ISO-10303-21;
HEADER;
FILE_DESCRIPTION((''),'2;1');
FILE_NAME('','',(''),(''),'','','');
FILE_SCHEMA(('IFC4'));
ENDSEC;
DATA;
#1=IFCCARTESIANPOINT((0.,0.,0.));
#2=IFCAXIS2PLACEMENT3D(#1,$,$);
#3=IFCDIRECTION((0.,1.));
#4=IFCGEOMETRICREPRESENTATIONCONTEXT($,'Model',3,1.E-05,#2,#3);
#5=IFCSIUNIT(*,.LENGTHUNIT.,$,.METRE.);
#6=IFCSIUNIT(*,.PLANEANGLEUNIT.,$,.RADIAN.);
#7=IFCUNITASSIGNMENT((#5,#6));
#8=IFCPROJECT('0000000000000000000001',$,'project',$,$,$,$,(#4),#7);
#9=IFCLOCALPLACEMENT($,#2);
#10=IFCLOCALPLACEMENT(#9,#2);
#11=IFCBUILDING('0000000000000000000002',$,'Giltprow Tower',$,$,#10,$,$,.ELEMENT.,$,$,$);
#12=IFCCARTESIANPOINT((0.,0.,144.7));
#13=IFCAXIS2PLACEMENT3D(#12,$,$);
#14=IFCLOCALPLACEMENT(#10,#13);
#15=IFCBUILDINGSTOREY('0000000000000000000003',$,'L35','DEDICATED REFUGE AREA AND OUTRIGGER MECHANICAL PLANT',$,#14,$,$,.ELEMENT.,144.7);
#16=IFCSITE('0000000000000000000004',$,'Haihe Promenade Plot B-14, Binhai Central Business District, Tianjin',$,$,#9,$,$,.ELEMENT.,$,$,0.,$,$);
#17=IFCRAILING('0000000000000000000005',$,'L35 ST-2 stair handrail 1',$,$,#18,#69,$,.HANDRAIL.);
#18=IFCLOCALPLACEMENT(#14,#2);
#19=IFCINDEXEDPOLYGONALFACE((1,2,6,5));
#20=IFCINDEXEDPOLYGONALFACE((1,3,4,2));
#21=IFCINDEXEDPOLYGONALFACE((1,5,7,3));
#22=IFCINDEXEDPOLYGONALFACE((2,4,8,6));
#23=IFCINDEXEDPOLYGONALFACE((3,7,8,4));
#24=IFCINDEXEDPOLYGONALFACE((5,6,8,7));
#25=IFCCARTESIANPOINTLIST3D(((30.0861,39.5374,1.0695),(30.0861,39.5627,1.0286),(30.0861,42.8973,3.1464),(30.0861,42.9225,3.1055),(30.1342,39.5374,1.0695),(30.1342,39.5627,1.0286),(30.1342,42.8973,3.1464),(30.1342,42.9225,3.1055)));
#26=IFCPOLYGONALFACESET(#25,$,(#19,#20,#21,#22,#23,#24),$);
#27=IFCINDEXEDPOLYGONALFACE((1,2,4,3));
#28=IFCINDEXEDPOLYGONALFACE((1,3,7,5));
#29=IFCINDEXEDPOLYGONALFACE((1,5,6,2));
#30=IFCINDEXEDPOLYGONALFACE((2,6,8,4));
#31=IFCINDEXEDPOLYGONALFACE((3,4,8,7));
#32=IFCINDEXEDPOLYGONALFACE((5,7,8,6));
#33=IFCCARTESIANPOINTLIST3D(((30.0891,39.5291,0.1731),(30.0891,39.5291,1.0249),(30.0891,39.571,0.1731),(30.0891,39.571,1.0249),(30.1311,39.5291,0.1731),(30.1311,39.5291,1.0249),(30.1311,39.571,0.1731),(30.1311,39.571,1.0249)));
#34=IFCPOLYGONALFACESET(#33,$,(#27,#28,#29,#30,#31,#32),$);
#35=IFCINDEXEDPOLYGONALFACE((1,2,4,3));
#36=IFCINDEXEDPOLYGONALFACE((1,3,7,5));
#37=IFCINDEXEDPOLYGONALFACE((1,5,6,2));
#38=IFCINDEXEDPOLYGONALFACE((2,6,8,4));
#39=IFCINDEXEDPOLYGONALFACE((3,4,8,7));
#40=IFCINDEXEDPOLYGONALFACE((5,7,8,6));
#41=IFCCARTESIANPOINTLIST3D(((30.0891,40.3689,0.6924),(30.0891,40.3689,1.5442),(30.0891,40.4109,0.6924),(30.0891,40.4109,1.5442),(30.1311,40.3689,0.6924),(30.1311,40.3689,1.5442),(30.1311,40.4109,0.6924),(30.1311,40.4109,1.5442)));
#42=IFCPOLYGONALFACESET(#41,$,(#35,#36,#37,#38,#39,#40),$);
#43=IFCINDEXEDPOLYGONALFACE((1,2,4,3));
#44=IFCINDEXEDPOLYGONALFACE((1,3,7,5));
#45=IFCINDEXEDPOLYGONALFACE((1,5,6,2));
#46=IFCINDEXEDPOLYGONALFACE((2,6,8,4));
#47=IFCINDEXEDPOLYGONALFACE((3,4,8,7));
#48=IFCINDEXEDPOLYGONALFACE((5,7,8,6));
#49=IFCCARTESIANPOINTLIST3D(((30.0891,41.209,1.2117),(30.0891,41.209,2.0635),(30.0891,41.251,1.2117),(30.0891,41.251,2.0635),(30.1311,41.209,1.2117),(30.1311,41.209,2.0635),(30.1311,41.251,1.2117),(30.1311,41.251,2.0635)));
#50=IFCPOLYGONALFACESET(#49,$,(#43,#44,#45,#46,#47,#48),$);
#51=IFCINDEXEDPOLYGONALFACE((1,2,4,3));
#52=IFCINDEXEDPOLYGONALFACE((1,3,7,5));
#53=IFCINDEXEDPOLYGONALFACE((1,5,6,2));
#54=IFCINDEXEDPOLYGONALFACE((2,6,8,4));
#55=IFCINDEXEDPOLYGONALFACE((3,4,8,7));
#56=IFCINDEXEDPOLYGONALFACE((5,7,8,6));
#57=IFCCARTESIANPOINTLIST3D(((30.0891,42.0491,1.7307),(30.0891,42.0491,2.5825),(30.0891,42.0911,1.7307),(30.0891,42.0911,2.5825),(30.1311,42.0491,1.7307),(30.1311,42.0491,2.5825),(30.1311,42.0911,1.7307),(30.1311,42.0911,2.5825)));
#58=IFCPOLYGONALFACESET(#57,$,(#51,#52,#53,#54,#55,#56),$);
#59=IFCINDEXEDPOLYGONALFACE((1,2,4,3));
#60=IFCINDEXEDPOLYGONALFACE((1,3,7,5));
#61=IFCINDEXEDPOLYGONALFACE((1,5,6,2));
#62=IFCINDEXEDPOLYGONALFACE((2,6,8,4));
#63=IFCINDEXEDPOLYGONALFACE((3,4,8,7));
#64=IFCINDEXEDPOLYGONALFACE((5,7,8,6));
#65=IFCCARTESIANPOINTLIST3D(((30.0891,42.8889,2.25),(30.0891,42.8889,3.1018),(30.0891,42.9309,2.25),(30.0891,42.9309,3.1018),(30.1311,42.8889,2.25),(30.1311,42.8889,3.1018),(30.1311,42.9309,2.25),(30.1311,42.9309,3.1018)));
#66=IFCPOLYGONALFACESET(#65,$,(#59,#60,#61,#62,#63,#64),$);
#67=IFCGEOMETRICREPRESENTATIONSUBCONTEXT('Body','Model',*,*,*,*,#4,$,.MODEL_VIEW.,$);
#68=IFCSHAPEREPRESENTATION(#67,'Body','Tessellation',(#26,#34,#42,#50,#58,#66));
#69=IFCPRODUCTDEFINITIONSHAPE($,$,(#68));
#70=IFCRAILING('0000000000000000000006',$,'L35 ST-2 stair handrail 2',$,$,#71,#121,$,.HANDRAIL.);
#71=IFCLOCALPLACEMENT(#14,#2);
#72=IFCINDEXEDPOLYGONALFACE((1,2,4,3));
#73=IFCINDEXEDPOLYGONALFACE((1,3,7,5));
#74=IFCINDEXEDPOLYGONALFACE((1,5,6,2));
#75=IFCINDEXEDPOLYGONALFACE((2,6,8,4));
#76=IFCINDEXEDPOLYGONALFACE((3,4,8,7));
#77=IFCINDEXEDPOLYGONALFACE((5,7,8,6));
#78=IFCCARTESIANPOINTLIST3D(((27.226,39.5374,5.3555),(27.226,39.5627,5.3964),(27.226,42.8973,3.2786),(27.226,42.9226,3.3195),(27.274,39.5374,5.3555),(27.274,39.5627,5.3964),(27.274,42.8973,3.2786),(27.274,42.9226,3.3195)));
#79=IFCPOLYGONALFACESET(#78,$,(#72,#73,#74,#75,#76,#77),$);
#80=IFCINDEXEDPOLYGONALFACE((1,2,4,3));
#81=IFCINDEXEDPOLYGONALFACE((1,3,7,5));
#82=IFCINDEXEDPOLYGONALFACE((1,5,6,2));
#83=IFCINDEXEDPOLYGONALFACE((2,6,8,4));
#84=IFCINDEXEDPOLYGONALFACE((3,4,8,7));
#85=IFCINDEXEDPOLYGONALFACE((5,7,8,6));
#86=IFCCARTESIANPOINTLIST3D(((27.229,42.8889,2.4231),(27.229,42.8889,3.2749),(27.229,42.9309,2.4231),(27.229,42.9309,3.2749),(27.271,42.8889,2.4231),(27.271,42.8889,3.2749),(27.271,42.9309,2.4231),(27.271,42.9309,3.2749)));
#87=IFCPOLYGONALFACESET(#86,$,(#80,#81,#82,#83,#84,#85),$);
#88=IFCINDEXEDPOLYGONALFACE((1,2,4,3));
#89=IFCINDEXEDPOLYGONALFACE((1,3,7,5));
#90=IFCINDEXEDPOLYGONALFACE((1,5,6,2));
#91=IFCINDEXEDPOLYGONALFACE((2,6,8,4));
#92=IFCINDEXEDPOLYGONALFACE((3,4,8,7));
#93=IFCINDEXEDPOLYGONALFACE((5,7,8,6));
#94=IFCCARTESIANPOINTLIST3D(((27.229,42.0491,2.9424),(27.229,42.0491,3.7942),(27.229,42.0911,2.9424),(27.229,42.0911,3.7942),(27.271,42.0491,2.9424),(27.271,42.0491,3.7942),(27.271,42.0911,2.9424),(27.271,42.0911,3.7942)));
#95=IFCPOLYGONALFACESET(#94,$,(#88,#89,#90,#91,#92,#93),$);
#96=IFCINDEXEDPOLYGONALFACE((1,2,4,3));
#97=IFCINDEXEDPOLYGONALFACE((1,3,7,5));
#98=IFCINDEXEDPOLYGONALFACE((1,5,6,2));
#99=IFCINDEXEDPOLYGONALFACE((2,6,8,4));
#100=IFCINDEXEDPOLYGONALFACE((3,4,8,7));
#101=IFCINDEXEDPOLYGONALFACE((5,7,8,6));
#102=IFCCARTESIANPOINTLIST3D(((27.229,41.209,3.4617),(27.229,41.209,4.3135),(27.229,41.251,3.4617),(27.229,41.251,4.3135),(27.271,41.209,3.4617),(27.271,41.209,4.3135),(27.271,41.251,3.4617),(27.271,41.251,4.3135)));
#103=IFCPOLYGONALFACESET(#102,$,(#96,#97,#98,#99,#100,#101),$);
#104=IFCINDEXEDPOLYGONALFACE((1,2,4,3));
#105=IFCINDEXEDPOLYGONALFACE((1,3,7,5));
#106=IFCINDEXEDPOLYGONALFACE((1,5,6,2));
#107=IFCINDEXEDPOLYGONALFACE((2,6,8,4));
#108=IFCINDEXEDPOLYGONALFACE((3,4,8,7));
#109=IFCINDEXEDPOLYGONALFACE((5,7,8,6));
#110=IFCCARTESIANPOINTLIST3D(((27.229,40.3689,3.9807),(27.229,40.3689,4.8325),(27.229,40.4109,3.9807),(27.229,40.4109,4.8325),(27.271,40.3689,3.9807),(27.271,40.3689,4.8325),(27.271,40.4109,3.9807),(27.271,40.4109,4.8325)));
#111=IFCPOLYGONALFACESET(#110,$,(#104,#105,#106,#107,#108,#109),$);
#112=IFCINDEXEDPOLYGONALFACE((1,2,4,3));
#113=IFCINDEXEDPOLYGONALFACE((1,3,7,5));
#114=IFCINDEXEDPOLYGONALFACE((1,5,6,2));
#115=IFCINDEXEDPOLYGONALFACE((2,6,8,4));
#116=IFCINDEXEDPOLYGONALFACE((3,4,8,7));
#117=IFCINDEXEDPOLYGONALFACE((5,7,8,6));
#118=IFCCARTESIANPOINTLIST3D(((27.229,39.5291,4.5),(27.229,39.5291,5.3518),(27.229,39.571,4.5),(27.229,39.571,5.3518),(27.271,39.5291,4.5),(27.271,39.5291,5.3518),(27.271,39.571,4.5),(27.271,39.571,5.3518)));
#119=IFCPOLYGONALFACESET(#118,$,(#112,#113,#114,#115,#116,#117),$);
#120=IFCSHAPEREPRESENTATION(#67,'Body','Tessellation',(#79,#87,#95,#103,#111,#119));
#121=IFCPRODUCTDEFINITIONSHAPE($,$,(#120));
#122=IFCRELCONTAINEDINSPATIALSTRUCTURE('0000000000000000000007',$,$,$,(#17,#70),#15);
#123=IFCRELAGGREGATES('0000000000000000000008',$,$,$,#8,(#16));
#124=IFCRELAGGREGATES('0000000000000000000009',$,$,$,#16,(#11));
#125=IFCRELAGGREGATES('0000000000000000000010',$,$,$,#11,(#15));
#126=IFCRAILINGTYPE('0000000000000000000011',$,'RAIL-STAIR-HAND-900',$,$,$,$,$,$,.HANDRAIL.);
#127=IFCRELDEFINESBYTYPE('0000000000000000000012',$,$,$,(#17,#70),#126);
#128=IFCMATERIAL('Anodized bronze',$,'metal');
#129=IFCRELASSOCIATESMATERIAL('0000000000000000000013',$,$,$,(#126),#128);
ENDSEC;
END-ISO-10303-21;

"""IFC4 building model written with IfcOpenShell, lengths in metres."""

from ifc_helpers import new_model, si_unit, direction, frame, origin, origin_2d, place, context, subcontext, project, spatial, rectangle, extrude, material, type_object, element, save


model = new_model("IFC4")

# Units and contexts
model_context = context("Model", 3, precision=1e-05, world=origin(), true_north=direction((0.0, 1.0)))
body_context = subcontext(model_context, "Body", "Model", "MODEL_VIEW")
ifc_project = project(units=[si_unit("LENGTHUNIT", "METRE"), si_unit("PLANEANGLEUNIT", "RADIAN")], contexts=[model_context])

# Site, building, storey
site_placement = place(None, origin())
site = spatial("IfcSite", under=ifc_project, at=site_placement, Name="Haihe Promenade Plot B-14, Binhai Central Business District, Tianjin", CompositionType="ELEMENT", RefElevation=0.0)
building_placement = place(site_placement, origin())
building = spatial("IfcBuilding", under=site, at=building_placement, Name="Giltprow Tower", CompositionType="ELEMENT")
storey_placement = place(building_placement, frame((0.0, 0.0, 144.7)))
storey = spatial("IfcBuildingStorey", under=building, at=storey_placement, Name="L35", Description="DEDICATED REFUGE AREA AND OUTRIGGER MECHANICAL PLANT", CompositionType="ELEMENT", Elevation=144.7)

# Railings
ifc_material_1 = material(Name="Anodized bronze", Category="metal")
railing_type_1 = type_object("IfcRailingType", Name="RAIL-STAIR-HAND-900", PredefinedType="HANDRAIL", material=ifc_material_1)
for number, where, name in (
    (1, (30.1101, 39.55, 0.1731), "L35 ST-2 stair handrail 1"),
):
    element("IfcRailing", number, at=place(storey_placement, frame(where)), inside=storey, type_object=railing_type_1, Name=name, PredefinedType="HANDRAIL", context=body_context, shape_type="SweptSolid", body=[
        extrude(rectangle(XDim=0.0481, YDim=0.0481, at=origin_2d()), frame((0.0, 0.0, 0.876), z_axis=(0.0, 0.850606, 0.525803), x_axis=(-1.0, 0.0, 0.0)), (0.0, 0.0, 1.0), 3.95),
        extrude(rectangle(XDim=0.042, YDim=0.042, at=origin_2d()), origin(), (0.0, 0.0, 1.0), 0.8518),
        extrude(rectangle(XDim=0.042, YDim=0.042, at=origin_2d()), frame((0.0, 0.8398, 0.5193)), (0.0, 0.0, 1.0), 0.8518),
        extrude(rectangle(XDim=0.042, YDim=0.042, at=origin_2d()), frame((0.0, 1.6799, 1.0386)), (0.0, 0.0, 1.0), 0.8518),
        extrude(rectangle(XDim=0.042, YDim=0.042, at=origin_2d()), frame((0.0, 2.52, 1.5576)), (0.0, 0.0, 1.0), 0.8518),
        extrude(rectangle(XDim=0.042, YDim=0.042, at=origin_2d()), frame((0.0, 3.3599, 2.0769)), (0.0, 0.0, 1.0), 0.8518),
    ])
railing_1_placement = place(storey_placement, frame((27.25, 42.9099, 2.4231)))
element("IfcRailing", 2, at=railing_1_placement, inside=storey, type_object=railing_type_1, Name="L35 ST-2 stair handrail 2", PredefinedType="HANDRAIL", context=body_context, shape_type="SweptSolid", body=[
    extrude(rectangle(XDim=0.0481, YDim=0.0481, at=origin_2d()), frame((0.0, 0.0, 0.876), z_axis=(0.0, -0.850606, 0.525803), x_axis=(1.0, 0.0, 0.0)), (0.0, 0.0, 1.0), 3.95),
    extrude(rectangle(XDim=0.042, YDim=0.042, at=origin_2d()), origin(), (0.0, 0.0, 1.0), 0.8518),
    extrude(rectangle(XDim=0.042, YDim=0.042, at=origin_2d()), frame((0.0, -0.8398, 0.5193)), (0.0, 0.0, 1.0), 0.8518),
    extrude(rectangle(XDim=0.042, YDim=0.042, at=origin_2d()), frame((0.0, -1.6799, 1.0386)), (0.0, 0.0, 1.0), 0.8518),
    extrude(rectangle(XDim=0.042, YDim=0.042, at=origin_2d()), frame((0.0, -2.52, 1.5576)), (0.0, 0.0, 1.0), 0.8518),
    extrude(rectangle(XDim=0.042, YDim=0.042, at=origin_2d()), frame((0.0, -3.3599, 2.0769)), (0.0, 0.0, 1.0), 0.8518),
])

save(model, "model.ifc")
